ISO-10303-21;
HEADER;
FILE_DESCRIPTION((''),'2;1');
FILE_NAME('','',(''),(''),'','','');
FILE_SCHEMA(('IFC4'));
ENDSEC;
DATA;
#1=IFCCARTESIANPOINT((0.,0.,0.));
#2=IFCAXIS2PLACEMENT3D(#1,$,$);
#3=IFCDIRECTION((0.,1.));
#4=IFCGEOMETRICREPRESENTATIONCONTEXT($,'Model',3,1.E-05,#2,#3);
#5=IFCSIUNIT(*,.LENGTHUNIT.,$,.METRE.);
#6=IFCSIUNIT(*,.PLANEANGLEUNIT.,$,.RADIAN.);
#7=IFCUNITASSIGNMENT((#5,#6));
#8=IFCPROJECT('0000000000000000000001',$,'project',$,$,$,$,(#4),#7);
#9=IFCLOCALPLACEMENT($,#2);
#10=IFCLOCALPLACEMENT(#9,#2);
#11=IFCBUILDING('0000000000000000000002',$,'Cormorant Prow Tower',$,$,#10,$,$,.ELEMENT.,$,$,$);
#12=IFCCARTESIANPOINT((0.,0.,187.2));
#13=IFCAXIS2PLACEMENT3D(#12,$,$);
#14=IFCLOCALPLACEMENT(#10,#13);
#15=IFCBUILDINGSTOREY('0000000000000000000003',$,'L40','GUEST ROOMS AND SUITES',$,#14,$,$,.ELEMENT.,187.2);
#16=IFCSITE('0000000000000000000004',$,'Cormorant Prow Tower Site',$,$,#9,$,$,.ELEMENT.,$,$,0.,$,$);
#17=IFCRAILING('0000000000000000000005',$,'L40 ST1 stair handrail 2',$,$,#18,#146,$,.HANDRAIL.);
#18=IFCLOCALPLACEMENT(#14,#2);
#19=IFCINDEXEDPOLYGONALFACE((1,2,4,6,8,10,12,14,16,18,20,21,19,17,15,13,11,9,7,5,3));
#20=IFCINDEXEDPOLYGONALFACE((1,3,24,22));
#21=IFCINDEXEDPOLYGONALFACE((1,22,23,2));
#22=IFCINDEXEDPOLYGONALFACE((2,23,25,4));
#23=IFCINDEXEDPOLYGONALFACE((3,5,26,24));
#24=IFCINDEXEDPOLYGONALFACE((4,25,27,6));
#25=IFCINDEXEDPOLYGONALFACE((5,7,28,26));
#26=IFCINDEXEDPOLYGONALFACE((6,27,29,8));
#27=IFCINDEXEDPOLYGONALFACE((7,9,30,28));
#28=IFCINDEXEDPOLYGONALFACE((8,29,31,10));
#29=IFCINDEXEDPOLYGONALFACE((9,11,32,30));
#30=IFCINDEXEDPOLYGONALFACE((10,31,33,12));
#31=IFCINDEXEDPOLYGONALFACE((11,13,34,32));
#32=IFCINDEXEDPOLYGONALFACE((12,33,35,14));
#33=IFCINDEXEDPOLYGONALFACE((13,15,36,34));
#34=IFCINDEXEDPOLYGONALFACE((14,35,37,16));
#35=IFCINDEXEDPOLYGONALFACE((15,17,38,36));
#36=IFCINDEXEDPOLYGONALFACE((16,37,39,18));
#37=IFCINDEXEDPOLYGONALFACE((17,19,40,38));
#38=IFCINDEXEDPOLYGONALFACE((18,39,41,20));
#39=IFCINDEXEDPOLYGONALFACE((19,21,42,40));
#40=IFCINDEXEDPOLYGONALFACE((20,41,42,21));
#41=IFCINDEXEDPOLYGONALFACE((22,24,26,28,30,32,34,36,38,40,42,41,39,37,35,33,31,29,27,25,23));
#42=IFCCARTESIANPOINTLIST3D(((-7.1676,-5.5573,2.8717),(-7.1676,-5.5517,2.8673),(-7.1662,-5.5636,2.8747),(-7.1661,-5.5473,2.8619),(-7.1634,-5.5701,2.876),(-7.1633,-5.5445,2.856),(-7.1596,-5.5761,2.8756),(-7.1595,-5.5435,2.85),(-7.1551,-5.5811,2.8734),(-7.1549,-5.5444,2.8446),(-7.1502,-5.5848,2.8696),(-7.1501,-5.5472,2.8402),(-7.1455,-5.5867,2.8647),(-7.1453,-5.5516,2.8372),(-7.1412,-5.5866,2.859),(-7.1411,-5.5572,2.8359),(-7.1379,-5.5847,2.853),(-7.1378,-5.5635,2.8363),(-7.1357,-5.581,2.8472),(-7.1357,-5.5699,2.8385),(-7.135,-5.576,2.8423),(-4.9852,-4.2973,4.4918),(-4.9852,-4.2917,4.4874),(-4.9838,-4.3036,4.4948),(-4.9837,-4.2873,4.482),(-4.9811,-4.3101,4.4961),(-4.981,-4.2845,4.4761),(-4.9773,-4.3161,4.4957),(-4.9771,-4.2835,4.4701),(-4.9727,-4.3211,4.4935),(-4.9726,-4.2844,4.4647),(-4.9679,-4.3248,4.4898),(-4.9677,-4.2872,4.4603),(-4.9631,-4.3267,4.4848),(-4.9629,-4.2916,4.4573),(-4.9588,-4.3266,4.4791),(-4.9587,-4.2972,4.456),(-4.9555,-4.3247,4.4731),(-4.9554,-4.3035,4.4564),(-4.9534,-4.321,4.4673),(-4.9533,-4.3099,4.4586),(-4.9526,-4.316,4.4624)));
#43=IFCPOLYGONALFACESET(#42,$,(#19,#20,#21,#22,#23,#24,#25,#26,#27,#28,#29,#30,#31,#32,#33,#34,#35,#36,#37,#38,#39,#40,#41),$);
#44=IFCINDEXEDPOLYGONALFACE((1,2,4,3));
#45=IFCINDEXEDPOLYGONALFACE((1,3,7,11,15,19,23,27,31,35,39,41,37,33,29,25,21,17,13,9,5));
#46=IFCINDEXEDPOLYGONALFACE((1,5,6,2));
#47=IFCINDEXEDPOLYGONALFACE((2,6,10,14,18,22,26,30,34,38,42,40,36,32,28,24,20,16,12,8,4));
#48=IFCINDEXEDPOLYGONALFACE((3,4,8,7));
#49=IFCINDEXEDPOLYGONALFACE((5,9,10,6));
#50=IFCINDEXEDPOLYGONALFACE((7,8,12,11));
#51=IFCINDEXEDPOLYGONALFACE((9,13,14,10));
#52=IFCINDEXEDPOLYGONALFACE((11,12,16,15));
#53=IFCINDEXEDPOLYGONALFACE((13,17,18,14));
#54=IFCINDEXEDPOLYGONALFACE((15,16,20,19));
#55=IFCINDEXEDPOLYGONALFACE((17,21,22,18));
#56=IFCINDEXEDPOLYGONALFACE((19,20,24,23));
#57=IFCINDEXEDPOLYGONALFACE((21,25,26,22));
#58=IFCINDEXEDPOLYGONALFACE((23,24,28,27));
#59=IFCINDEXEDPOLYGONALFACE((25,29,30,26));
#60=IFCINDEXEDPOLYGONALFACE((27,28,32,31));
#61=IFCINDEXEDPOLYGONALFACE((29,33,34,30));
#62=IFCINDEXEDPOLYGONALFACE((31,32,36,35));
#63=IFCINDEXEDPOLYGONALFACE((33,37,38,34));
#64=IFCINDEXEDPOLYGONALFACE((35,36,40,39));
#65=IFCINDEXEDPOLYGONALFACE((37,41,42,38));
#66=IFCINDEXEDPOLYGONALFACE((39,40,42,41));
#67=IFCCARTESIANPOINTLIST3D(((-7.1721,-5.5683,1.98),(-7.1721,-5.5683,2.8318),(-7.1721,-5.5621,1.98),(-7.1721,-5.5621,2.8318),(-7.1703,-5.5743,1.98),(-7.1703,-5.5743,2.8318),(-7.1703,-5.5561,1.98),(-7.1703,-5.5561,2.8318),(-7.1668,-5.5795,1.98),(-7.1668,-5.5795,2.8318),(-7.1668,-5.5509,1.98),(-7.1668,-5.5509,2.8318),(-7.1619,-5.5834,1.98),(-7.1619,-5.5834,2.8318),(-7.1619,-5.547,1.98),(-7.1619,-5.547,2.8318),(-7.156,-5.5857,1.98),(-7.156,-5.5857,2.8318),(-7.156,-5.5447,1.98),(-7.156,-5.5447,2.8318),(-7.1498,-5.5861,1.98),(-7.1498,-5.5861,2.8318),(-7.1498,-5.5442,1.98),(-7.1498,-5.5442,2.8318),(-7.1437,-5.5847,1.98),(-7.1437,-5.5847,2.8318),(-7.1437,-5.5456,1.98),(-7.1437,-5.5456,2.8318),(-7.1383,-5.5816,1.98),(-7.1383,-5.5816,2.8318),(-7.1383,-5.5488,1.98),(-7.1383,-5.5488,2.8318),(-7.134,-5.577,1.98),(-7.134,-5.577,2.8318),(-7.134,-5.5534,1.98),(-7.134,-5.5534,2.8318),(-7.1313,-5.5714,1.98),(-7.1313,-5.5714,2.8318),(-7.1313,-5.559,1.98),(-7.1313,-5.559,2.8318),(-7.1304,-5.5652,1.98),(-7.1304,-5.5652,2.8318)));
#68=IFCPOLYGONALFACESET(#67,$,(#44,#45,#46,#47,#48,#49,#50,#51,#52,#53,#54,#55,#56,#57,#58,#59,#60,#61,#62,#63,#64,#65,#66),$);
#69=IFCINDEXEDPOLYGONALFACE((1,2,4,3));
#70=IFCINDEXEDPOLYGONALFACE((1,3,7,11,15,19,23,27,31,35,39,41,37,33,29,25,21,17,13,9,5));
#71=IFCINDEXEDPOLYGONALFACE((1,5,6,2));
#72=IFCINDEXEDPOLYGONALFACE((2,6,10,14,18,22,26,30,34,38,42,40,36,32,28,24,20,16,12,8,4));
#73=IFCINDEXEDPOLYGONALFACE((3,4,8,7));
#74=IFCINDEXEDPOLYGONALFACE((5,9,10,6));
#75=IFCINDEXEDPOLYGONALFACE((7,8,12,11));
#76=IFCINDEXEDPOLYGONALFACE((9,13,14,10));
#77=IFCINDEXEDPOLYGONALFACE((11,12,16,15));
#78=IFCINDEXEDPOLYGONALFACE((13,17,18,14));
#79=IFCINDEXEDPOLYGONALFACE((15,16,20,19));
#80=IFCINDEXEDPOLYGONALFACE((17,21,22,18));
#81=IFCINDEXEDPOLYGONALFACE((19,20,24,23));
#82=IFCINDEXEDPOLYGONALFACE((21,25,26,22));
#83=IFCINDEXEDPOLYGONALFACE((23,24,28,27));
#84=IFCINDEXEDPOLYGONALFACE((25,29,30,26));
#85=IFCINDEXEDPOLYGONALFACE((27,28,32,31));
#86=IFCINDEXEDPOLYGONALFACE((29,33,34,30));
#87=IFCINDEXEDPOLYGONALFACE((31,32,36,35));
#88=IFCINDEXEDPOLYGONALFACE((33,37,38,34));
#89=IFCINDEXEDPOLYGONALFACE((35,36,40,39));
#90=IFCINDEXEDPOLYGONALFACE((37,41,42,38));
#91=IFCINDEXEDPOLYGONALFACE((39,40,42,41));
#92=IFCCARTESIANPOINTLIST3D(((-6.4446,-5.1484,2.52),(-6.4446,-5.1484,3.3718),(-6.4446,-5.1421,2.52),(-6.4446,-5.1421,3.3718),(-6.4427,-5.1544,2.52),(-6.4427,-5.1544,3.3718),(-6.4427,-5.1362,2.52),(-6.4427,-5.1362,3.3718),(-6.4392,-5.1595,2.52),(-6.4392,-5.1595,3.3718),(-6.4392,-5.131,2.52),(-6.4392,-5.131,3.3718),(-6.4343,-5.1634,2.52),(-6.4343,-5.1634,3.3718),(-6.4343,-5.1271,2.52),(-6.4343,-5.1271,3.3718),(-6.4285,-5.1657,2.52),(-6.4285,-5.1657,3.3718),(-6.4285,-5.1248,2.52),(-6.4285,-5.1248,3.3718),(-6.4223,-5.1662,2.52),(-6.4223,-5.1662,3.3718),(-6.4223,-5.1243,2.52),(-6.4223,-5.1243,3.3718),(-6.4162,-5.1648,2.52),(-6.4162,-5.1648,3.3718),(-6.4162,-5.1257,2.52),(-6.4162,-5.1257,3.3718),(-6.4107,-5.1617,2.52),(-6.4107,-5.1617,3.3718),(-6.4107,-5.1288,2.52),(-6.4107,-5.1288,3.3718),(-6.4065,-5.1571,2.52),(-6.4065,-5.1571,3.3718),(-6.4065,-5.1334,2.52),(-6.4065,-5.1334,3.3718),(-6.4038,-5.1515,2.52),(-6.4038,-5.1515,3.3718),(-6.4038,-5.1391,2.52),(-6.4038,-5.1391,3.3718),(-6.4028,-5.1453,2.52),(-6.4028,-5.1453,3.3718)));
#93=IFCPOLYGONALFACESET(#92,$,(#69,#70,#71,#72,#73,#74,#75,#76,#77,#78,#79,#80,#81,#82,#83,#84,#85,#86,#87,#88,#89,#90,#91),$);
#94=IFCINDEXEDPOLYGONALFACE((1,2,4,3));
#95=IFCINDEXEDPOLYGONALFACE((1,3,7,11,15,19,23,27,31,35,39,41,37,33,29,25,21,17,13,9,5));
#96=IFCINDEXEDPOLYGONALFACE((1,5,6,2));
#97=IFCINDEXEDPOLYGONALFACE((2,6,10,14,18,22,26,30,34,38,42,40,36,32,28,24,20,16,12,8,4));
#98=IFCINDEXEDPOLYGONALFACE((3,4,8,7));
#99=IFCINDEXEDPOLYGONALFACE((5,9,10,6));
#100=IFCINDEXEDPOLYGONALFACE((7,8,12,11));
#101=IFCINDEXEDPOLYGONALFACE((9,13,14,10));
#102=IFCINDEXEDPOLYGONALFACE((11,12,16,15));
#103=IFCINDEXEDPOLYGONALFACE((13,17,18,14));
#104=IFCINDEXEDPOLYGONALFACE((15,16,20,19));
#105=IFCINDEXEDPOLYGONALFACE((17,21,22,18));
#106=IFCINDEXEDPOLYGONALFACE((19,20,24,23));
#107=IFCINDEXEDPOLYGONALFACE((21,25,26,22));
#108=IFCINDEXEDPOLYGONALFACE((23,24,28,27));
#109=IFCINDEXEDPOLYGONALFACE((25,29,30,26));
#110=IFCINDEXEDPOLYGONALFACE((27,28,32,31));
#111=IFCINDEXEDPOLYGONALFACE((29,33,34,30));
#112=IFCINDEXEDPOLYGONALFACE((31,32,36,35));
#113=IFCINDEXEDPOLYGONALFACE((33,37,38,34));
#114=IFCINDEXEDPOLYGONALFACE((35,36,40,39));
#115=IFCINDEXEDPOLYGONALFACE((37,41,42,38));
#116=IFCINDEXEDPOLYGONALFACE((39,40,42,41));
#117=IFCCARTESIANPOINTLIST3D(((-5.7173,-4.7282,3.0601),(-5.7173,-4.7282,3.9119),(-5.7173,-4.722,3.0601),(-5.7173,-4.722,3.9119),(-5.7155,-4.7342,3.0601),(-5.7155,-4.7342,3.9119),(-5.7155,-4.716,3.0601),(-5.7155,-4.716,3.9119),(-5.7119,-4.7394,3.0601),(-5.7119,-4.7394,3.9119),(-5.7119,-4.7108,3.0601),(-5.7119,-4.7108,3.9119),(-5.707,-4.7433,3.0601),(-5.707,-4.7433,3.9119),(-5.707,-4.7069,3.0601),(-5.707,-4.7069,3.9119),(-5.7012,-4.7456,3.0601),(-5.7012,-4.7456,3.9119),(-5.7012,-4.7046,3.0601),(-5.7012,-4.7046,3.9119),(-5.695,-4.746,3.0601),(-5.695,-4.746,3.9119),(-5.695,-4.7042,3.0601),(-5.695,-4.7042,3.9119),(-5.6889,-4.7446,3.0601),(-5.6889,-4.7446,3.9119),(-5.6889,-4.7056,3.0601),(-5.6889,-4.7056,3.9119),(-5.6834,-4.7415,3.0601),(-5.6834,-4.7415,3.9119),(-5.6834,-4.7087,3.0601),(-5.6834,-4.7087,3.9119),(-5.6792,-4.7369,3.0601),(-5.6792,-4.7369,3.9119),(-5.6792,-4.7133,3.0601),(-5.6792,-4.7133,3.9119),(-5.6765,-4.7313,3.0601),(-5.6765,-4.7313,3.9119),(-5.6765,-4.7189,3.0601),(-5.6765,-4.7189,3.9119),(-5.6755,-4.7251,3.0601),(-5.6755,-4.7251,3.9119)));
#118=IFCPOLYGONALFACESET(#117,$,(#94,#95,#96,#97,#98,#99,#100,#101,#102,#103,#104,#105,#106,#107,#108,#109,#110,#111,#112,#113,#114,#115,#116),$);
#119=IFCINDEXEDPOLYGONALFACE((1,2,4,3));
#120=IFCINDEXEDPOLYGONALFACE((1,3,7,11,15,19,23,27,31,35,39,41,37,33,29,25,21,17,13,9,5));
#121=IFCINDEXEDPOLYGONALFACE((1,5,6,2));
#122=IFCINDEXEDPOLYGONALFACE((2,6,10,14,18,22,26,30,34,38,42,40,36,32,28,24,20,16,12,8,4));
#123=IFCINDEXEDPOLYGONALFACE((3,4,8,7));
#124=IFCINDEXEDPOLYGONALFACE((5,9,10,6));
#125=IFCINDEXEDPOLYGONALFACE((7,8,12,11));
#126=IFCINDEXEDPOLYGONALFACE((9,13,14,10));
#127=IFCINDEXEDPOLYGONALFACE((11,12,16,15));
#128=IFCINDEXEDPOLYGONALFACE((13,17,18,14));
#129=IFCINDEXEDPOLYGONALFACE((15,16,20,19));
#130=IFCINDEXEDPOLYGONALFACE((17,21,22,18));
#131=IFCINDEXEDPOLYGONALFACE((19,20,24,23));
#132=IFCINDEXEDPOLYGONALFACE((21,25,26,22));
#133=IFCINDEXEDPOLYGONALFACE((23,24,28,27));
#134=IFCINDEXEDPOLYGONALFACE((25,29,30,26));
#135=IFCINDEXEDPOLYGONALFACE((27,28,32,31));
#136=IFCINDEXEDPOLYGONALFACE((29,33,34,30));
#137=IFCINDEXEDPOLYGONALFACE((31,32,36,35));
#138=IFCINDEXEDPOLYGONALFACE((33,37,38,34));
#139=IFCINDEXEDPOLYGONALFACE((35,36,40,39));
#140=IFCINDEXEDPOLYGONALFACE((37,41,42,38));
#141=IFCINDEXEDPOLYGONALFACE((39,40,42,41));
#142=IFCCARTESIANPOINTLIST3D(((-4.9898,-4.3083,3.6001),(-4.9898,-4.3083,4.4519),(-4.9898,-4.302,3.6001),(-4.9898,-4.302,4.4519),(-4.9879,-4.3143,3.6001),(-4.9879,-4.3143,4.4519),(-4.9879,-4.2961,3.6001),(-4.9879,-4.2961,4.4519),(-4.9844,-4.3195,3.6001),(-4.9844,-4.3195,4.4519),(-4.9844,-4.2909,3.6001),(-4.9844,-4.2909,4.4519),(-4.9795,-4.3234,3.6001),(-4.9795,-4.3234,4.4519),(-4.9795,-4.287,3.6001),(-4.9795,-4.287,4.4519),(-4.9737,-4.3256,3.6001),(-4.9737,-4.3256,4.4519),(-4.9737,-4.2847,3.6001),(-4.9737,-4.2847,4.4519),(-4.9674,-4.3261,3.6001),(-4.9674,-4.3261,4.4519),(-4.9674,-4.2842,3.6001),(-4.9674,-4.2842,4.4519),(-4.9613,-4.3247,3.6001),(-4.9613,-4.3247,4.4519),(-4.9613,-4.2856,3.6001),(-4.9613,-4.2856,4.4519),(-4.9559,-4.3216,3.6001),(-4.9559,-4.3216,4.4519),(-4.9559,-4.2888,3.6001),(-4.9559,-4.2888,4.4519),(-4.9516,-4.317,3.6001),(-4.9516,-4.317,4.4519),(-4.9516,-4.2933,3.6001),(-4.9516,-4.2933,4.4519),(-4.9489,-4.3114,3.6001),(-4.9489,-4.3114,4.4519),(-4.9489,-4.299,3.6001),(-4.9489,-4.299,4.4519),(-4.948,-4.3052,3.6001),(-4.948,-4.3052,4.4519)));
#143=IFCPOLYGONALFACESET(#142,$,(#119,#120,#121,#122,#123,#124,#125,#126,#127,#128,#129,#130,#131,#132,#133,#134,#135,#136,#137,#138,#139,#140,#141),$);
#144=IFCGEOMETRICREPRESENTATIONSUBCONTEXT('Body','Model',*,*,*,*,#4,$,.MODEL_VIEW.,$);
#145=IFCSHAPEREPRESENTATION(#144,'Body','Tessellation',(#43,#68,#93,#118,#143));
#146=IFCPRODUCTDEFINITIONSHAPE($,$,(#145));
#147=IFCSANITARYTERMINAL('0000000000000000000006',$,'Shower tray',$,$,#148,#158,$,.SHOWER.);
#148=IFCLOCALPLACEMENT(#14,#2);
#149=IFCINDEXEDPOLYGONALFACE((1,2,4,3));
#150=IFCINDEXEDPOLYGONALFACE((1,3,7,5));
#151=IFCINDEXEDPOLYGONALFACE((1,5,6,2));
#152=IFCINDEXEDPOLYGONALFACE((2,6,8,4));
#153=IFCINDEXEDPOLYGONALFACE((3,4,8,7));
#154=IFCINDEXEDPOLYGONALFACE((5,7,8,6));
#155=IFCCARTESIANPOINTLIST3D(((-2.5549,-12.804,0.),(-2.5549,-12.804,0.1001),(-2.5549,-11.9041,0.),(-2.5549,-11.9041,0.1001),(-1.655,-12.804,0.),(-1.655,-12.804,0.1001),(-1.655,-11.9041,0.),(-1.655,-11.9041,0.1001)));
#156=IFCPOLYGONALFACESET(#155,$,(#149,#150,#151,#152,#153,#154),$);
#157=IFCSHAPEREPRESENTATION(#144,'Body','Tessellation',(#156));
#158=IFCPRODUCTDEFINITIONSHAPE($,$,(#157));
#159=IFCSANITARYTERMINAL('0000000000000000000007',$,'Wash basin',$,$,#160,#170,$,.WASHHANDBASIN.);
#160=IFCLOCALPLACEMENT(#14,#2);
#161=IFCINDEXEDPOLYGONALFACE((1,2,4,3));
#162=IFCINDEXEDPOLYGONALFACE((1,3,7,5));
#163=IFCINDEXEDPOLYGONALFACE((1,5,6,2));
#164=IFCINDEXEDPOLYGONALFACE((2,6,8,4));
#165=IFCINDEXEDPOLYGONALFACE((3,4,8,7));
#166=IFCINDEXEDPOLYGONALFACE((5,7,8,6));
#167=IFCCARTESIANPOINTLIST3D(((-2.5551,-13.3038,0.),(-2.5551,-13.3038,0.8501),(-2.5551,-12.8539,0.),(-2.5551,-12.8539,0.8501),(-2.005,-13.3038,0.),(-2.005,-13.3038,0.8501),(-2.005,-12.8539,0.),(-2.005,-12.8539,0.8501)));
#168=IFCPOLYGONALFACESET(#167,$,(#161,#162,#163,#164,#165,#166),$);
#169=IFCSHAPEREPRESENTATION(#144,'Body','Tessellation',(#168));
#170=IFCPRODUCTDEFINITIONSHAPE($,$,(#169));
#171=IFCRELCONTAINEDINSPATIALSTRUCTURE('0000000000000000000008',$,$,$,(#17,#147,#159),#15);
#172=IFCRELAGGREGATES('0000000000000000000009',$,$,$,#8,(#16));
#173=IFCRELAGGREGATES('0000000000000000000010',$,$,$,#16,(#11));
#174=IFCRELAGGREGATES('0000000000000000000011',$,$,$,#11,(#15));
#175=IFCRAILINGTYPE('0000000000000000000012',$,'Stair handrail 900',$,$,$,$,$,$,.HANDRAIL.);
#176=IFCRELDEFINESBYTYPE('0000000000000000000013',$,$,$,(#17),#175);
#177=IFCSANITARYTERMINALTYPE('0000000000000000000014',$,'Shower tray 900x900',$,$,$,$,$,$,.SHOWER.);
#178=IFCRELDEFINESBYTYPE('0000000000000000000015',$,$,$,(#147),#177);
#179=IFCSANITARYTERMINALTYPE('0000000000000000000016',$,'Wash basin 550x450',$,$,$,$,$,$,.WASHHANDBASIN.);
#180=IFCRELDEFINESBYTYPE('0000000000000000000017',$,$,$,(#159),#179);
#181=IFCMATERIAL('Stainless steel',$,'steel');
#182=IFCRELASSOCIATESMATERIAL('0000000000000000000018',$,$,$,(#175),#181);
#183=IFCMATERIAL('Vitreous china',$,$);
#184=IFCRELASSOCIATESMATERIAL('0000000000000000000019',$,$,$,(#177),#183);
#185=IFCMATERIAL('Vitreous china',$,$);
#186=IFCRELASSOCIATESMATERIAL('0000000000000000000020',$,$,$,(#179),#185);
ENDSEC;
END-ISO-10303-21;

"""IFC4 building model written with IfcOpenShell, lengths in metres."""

from ifc_helpers import new_model, si_unit, direction, frame, origin, origin_2d, place, context, subcontext, project, spatial, rectangle, circle, extrude, material, type_object, element, save


model = new_model("IFC4")

# Units and contexts
model_context = context("Model", 3, precision=1e-05, world=origin(), true_north=direction((0.0, 1.0)))
body_context = subcontext(model_context, "Body", "Model", "MODEL_VIEW")
ifc_project = project(units=[si_unit("LENGTHUNIT", "METRE"), si_unit("PLANEANGLEUNIT", "RADIAN")], contexts=[model_context])

# Site, building, storey
site_placement = place(None, origin())
site = spatial("IfcSite", under=ifc_project, at=site_placement, Name="Cormorant Prow Tower Site", CompositionType="ELEMENT", RefElevation=0.0)
building_placement = place(site_placement, origin())
building = spatial("IfcBuilding", under=site, at=building_placement, Name="Cormorant Prow Tower", CompositionType="ELEMENT")
storey_placement = place(building_placement, frame((0.0, 0.0, 187.2)))
storey = spatial("IfcBuildingStorey", under=building, at=storey_placement, Name="L40", Description="GUEST ROOMS AND SUITES", CompositionType="ELEMENT", Elevation=187.2)

# Railing
ifc_material_1 = material(Name="Stainless steel", Category="steel")
railing_type_1 = type_object("IfcRailingType", Name="Stair handrail 900", PredefinedType="HANDRAIL", material=ifc_material_1)
railing_1_placement = place(storey_placement, frame((-7.1514, -5.5652, 1.98)))
element("IfcRailing", 1, at=railing_1_placement, inside=storey, type_object=railing_type_1, Name="L40 ST1 stair handrail 2", PredefinedType="HANDRAIL", context=body_context, shape_type="SweptSolid", body=[
    extrude(circle(Radius=0.0239, at=origin_2d()), frame((0.0, 0.0, 0.876), z_axis=(0.728464, 0.420584, 0.540786), x_axis=(-0.500005, 0.866023, 0.0)), (0.0, 0.0, 1.0), 2.9958),
    extrude(circle(Radius=0.021, at=origin_2d()), origin(), (0.0, 0.0, 1.0), 0.8518),
    extrude(circle(Radius=0.021, at=origin_2d()), frame((0.7275, 0.4199, 0.54)), (0.0, 0.0, 1.0), 0.8518),
    extrude(circle(Radius=0.021, at=origin_2d()), frame((1.4548, 0.8401, 1.0801)), (0.0, 0.0, 1.0), 0.8518),
    extrude(circle(Radius=0.021, at=origin_2d()), frame((2.1824, 1.26, 1.6201)), (0.0, 0.0, 1.0), 0.8518),
])

# Sanitary terminals
ifc_material_2 = material(Name="Vitreous china")
sanitary_terminal_type_1 = type_object("IfcSanitaryTerminalType", Name="Shower tray 900x900", PredefinedType="SHOWER", material=ifc_material_2)
sanitary_terminal_1_placement = place(storey_placement, frame((-2.105, -12.354, 0.0), z_axis=(0.0, 0.0, 1.0), x_axis=(1.0, 0.0, 0.0)))
element("IfcSanitaryTerminal", 2, at=sanitary_terminal_1_placement, inside=storey, type_object=sanitary_terminal_type_1, Name="Shower tray", PredefinedType="SHOWER", context=body_context, shape_type="SweptSolid", body=[
    extrude(rectangle(XDim=0.8999, YDim=0.8999, at=origin_2d()), origin(), (0.0, 0.0, 1.0), 0.1001),
])
ifc_material_3 = material(Name="Vitreous china")
sanitary_terminal_type_2 = type_object("IfcSanitaryTerminalType", Name="Wash basin 550x450", PredefinedType="WASHHANDBASIN", material=ifc_material_3)
sanitary_terminal_2_placement = place(storey_placement, frame((-2.28, -13.0789, 0.0), z_axis=(0.0, 0.0, 1.0), x_axis=(1.0, 0.0, 0.0)))
element("IfcSanitaryTerminal", 3, at=sanitary_terminal_2_placement, inside=storey, type_object=sanitary_terminal_type_2, Name="Wash basin", PredefinedType="WASHHANDBASIN", context=body_context, shape_type="SweptSolid", body=[
    extrude(rectangle(XDim=0.55, YDim=0.45, at=origin_2d()), origin(), (0.0, 0.0, 1.0), 0.8501),
])

save(model, "model.ifc")
